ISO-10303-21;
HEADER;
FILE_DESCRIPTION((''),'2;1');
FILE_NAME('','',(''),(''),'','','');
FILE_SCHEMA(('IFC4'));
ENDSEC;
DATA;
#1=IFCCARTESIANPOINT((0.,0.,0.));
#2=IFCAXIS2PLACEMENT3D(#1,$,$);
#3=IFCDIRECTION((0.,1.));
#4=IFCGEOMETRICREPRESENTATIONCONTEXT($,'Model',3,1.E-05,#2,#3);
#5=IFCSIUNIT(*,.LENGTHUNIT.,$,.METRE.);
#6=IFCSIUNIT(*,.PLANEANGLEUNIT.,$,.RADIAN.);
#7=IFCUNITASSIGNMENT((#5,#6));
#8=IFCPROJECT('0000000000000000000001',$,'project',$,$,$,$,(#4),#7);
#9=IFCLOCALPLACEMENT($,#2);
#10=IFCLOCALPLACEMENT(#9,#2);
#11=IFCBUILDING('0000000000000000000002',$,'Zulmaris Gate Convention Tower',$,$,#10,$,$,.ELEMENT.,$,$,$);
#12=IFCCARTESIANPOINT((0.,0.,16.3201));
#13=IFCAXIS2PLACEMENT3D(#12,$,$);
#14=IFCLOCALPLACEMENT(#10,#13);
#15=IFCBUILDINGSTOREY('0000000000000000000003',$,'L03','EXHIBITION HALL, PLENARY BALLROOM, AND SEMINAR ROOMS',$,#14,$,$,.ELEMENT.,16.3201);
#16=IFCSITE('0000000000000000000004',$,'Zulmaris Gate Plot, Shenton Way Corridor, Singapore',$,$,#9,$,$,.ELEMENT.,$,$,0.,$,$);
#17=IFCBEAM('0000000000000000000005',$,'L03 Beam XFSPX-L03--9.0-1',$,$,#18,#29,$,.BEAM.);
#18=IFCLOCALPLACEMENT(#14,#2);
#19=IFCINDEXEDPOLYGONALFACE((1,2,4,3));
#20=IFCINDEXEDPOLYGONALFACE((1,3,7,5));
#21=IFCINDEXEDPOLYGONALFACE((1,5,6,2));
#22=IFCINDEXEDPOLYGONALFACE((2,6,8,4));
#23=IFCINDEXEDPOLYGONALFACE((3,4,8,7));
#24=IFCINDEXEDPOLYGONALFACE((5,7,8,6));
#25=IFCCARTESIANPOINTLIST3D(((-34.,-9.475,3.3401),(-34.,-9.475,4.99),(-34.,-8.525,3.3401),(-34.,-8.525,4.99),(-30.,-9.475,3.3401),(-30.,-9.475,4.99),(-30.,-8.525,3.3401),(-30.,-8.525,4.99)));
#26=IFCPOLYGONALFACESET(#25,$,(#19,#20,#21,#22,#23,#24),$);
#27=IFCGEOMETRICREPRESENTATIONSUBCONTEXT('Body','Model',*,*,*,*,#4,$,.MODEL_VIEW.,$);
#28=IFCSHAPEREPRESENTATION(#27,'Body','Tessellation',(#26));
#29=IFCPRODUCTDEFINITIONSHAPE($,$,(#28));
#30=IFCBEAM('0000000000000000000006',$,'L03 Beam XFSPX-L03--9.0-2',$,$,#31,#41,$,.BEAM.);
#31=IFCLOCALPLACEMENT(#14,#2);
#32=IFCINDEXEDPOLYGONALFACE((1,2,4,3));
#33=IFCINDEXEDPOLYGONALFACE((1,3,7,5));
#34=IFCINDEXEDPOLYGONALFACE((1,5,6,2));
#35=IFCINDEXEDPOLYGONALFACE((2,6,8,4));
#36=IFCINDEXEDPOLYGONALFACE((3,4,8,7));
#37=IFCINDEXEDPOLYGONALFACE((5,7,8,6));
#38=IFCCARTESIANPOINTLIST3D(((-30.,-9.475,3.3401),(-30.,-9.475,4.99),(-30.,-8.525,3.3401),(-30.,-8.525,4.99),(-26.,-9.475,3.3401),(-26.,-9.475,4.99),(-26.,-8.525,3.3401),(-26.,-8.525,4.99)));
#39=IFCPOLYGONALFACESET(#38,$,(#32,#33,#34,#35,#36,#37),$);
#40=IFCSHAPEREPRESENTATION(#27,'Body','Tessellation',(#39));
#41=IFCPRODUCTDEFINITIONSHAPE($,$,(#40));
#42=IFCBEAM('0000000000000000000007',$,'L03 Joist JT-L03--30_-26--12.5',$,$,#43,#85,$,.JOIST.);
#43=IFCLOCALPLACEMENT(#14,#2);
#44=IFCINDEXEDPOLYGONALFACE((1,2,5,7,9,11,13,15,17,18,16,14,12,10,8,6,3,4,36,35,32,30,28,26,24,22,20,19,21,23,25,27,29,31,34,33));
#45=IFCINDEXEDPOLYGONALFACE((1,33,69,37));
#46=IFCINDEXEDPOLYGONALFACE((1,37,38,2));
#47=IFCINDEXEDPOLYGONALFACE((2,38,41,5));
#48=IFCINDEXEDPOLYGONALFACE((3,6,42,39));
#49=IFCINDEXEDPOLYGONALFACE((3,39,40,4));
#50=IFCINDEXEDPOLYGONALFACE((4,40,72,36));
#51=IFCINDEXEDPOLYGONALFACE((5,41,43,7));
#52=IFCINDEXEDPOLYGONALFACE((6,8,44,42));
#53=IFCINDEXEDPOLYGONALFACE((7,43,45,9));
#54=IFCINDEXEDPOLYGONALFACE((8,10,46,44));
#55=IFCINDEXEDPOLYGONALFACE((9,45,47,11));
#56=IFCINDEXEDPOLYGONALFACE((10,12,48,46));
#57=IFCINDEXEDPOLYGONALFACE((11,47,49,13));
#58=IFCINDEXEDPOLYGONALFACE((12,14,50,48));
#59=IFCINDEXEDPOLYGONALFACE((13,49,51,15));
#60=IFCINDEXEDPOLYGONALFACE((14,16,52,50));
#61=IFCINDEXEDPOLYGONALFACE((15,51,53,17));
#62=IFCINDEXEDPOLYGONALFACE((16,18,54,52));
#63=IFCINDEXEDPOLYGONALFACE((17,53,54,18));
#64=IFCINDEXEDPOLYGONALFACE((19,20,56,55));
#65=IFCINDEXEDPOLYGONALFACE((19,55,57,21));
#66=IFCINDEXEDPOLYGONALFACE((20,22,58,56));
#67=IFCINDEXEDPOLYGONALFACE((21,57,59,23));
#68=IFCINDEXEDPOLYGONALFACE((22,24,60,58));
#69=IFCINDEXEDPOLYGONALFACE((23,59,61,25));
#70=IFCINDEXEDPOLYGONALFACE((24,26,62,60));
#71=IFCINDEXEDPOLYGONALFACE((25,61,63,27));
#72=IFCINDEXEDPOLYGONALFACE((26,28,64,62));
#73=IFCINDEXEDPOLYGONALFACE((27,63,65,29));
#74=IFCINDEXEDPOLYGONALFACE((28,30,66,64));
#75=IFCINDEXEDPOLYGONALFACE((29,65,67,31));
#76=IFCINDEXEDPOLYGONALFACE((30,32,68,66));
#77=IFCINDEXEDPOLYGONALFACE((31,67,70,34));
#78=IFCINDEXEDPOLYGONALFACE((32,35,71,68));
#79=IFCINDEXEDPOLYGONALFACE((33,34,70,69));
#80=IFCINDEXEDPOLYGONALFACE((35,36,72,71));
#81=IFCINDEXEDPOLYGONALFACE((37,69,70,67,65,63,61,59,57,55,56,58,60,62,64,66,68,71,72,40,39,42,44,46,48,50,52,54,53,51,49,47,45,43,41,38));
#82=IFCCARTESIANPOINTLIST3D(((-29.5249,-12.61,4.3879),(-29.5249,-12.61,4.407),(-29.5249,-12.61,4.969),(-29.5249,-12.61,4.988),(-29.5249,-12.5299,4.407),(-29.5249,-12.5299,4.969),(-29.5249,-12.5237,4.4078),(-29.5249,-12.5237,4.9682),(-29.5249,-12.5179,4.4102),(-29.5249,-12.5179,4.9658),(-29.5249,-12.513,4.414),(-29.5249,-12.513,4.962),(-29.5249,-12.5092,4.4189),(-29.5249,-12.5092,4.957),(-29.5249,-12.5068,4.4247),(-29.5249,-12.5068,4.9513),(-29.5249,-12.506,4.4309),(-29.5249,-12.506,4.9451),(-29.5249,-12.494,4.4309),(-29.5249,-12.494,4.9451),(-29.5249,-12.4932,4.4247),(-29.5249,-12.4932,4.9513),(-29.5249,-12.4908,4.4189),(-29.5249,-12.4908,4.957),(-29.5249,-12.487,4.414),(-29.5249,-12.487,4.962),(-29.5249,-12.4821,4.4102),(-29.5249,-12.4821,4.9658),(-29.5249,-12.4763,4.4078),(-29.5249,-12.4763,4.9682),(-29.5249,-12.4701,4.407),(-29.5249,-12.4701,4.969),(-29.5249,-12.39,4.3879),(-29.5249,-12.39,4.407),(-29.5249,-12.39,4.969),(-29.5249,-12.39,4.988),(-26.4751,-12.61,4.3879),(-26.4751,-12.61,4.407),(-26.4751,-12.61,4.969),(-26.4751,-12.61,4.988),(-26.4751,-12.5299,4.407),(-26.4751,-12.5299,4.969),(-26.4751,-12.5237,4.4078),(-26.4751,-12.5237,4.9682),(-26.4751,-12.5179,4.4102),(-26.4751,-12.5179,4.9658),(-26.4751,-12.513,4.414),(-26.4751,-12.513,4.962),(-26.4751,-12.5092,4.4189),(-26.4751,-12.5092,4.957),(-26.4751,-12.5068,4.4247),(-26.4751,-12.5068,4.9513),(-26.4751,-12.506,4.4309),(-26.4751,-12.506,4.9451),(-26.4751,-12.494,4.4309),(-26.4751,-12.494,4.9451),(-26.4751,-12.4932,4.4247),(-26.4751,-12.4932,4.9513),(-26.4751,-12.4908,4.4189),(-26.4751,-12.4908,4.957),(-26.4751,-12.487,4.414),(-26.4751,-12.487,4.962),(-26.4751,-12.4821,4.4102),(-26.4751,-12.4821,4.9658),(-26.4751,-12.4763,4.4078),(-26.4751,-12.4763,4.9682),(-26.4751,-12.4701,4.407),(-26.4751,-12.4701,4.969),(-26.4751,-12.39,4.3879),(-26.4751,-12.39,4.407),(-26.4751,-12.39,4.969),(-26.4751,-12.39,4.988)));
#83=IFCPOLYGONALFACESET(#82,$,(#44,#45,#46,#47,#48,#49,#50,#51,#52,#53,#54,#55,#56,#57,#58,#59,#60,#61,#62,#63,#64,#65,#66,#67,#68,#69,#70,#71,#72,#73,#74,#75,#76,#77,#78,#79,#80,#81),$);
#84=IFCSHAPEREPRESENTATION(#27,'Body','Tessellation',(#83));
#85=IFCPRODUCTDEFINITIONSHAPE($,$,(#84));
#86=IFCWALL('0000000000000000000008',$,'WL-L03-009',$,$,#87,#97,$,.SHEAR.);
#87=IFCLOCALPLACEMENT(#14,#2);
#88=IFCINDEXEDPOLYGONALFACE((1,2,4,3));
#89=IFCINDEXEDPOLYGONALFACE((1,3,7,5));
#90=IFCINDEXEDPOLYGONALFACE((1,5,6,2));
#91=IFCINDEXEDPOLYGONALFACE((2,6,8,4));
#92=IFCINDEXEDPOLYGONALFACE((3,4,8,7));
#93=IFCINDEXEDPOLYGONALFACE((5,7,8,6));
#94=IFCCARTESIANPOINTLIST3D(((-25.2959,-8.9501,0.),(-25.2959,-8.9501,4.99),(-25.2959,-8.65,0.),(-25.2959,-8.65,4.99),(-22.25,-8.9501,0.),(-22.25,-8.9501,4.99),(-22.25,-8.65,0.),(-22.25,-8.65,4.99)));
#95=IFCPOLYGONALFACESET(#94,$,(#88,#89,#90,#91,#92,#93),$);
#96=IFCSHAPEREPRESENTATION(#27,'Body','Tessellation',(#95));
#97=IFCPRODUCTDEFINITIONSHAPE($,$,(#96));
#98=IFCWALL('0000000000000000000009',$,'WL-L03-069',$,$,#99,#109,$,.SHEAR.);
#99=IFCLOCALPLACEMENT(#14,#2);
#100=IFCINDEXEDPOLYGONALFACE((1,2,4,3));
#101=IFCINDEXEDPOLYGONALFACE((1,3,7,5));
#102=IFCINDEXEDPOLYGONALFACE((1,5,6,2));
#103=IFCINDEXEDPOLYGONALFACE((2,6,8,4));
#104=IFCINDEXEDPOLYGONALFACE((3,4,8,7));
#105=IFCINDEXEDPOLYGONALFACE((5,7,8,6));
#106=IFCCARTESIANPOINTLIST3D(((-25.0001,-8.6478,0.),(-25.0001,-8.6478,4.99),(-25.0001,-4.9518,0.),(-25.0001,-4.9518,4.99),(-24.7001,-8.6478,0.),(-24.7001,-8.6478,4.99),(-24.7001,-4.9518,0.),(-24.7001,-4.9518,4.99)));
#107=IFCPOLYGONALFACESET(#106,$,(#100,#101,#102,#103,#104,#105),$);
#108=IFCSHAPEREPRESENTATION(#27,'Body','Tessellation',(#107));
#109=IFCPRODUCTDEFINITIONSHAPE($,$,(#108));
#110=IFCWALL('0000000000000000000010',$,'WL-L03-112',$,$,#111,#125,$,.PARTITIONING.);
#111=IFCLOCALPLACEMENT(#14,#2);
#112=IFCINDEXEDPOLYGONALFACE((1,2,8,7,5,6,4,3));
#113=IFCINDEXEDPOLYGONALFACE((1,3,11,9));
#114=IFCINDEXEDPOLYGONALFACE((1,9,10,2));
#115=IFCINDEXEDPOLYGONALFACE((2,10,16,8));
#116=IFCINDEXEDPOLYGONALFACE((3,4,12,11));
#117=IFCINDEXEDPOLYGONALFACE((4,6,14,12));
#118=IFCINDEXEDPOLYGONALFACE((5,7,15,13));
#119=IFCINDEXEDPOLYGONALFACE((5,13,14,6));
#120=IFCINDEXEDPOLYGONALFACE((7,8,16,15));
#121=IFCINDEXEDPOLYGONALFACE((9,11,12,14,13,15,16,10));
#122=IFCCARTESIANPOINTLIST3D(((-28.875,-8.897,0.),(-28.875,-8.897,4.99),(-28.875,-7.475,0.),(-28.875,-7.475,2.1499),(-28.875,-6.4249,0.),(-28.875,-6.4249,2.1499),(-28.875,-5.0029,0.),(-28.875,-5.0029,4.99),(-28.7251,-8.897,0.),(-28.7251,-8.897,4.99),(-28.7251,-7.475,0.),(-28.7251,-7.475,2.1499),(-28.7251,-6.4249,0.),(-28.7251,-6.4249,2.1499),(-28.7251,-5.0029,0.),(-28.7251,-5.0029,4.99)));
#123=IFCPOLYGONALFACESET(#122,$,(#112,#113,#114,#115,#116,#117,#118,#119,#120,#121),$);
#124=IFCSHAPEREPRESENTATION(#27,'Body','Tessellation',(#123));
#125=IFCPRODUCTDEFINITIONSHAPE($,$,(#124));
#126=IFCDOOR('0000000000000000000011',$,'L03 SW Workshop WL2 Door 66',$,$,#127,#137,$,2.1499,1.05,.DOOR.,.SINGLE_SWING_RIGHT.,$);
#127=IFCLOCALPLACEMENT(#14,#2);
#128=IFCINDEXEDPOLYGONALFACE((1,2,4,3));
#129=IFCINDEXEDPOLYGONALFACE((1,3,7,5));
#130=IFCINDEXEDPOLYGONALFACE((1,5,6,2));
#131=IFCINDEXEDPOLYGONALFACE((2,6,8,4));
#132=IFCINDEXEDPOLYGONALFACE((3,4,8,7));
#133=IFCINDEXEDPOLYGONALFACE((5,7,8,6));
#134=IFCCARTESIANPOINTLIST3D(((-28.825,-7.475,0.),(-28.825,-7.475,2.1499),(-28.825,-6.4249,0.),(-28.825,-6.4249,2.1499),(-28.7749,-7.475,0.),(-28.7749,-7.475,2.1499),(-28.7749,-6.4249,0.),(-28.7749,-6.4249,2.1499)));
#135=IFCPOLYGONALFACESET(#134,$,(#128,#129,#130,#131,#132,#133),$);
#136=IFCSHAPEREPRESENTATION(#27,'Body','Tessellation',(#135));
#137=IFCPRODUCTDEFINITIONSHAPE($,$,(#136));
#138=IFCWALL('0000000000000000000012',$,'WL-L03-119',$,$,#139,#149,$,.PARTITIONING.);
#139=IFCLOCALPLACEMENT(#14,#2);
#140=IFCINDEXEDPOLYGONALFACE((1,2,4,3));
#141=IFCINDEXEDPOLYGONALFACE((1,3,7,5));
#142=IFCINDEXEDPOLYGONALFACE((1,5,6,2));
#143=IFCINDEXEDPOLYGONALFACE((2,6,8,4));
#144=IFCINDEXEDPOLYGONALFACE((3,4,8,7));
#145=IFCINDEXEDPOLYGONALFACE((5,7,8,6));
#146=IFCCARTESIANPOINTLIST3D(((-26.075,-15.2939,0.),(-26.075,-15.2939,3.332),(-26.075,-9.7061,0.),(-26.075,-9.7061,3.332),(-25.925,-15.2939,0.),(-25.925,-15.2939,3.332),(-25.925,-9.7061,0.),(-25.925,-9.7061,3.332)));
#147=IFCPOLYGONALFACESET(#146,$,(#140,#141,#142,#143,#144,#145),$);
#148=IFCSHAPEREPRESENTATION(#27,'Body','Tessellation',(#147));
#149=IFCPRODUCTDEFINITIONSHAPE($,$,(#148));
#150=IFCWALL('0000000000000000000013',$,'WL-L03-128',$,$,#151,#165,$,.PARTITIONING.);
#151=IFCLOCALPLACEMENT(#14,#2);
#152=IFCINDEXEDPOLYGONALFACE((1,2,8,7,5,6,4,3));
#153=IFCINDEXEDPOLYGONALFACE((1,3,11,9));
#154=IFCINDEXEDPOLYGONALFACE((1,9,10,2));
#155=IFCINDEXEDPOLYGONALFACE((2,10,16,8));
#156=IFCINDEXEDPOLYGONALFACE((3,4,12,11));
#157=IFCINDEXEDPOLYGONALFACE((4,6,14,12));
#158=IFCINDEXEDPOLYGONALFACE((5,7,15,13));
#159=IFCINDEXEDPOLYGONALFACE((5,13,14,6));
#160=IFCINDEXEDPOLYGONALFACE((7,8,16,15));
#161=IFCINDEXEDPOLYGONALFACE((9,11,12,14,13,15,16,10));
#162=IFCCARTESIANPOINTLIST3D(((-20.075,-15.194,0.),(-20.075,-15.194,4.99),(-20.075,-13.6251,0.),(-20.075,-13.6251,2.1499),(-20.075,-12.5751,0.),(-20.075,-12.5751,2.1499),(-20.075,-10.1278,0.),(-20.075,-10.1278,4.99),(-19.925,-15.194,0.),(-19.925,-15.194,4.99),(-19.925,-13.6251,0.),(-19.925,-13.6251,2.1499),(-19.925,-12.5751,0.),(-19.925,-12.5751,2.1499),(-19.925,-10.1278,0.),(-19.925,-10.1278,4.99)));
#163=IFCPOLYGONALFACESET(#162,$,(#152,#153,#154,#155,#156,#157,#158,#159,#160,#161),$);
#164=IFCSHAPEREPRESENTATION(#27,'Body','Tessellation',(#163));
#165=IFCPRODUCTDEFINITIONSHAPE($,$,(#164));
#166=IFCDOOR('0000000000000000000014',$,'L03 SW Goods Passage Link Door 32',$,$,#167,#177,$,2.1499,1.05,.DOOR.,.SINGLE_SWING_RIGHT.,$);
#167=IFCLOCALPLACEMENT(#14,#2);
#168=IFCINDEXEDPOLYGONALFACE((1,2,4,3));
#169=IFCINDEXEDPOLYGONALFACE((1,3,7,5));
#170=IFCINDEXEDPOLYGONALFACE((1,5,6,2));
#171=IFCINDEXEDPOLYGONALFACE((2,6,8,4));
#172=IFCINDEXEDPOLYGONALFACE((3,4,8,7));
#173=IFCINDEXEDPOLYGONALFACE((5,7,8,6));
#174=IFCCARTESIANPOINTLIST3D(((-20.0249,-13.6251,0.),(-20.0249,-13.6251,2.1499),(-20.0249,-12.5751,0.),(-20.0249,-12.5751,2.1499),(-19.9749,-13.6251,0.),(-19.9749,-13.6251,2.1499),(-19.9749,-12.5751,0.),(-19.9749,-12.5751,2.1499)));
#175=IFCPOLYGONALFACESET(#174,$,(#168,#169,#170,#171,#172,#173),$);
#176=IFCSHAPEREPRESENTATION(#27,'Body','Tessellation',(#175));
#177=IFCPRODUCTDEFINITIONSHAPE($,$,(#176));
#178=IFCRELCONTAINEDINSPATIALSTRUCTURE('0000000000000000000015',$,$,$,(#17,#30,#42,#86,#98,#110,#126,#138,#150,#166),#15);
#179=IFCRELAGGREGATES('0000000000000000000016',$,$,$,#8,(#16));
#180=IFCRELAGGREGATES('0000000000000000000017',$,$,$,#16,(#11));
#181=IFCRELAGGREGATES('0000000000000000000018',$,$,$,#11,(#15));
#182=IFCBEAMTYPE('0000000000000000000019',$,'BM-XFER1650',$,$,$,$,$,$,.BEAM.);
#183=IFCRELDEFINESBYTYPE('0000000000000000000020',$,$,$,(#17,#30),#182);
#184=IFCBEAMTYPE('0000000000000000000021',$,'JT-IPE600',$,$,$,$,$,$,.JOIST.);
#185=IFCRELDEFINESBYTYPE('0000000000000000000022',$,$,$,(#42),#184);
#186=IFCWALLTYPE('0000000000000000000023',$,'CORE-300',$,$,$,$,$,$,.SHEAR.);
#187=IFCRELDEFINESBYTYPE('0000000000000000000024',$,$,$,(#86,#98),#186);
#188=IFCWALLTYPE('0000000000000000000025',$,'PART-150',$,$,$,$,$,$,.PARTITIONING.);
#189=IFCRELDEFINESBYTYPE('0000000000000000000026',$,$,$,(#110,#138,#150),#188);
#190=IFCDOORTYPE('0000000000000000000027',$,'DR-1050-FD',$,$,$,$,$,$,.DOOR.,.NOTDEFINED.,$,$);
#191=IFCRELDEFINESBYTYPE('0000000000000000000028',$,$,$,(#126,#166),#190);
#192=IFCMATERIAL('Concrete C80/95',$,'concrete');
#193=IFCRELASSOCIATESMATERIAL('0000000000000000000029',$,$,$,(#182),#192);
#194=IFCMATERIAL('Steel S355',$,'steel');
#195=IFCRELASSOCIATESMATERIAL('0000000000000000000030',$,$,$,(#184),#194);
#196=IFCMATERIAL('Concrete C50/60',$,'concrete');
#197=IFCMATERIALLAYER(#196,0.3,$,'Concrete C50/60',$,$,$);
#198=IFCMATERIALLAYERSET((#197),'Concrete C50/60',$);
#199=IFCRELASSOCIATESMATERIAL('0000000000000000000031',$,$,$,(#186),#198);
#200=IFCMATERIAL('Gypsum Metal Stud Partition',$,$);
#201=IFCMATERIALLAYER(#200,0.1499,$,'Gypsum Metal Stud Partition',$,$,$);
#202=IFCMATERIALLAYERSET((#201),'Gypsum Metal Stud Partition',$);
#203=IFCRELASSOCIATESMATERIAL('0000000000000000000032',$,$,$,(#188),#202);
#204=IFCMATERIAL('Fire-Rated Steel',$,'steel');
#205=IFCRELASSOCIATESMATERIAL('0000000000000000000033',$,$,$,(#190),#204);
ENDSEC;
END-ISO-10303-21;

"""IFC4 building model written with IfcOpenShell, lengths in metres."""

from ifc_helpers import new_model, si_unit, direction, frame, frame_2d, origin, origin_2d, place, context, subcontext, project, spatial, rectangle, i_section, extrude, material, layer, layer_set, material_profile, profile_set, type_object, element, fill, save


model = new_model("IFC4")

# Units and contexts
model_context = context("Model", 3, precision=1e-05, world=origin(), true_north=direction((0.0, 1.0)))
body_context = subcontext(model_context, "Body", "Model", "MODEL_VIEW")
ifc_project = project(units=[si_unit("LENGTHUNIT", "METRE"), si_unit("PLANEANGLEUNIT", "RADIAN")], contexts=[model_context])

# Site, building, storey
site_placement = place(None, origin())
site = spatial("IfcSite", under=ifc_project, at=site_placement, Name="Zulmaris Gate Plot, Shenton Way Corridor, Singapore", CompositionType="ELEMENT", RefElevation=0.0)
building_placement = place(site_placement, origin())
building = spatial("IfcBuilding", under=site, at=building_placement, Name="Zulmaris Gate Convention Tower", CompositionType="ELEMENT")
storey_placement = place(building_placement, frame((0.0, 0.0, 16.3201)))
storey = spatial("IfcBuildingStorey", under=building, at=storey_placement, Name="L03", Description="EXHIBITION HALL, PLENARY BALLROOM, AND SEMINAR ROOMS", CompositionType="ELEMENT", Elevation=16.3201)

# Shared definitions
ifc_material_1 = material(Name="Concrete C80/95", Category="concrete")

# Beams
ifc_material_profile_1 = material_profile(ifc_material_1, rectangle(XDim=0.95, YDim=1.6499, at=origin_2d()), Name="RC TRANSFER 950x1650")
ifc_profile_set_1 = profile_set([ifc_material_profile_1], Name="Concrete C80/95")
beam_type_1 = type_object("IfcBeamType", Name="BM-XFER1650", PredefinedType="BEAM", material=ifc_profile_set_1)
for number, where, z_axis, x_axis, name in (
    (1, (-34.0, -9.0, 4.165), (1.0, 0.0, 0.0), (0.0, 1.0, 0.0), "L03 Beam XFSPX-L03--9.0-1"),
    (2, (-30.0, -9.0, 4.165), (1.0, 0.0, 0.0), (0.0, 1.0, 0.0), "L03 Beam XFSPX-L03--9.0-2"),
):
    element("IfcBeam", number, at=place(storey_placement, frame(where, z_axis=z_axis, x_axis=x_axis)), inside=storey, type_object=beam_type_1, Name=name, PredefinedType="BEAM", context=body_context, shape_type="SweptSolid", body=[
        extrude(rectangle(XDim=0.95, YDim=1.6499, at=origin_2d()), origin(), (0.0, 0.0, 1.0), 4.0),
    ])
ifc_material_2 = material(Name="Steel S355", Category="steel")
ifc_material_profile_2 = material_profile(ifc_material_2, i_section(OverallWidth=0.22, OverallDepth=0.6001, WebThickness=0.012, FlangeThickness=0.019, FilletRadius=0.0239, at=origin_2d()), Name="IPE 600")
ifc_profile_set_2 = profile_set([ifc_material_profile_2], Name="Steel S355")
beam_type_2 = type_object("IfcBeamType", Name="JT-IPE600", PredefinedType="JOIST", material=ifc_profile_set_2)
beam_1_placement = place(storey_placement, frame((-29.5249, -12.5, 4.688), z_axis=(1.0, 0.0, 0.0), x_axis=(0.0, 1.0, 0.0)))
element("IfcBeam", 3, at=beam_1_placement, inside=storey, type_object=beam_type_2, Name="L03 Joist JT-L03--30_-26--12.5", PredefinedType="JOIST", context=body_context, shape_type="SweptSolid", body=[
    extrude(i_section(OverallWidth=0.22, OverallDepth=0.6001, WebThickness=0.012, FlangeThickness=0.019, FilletRadius=0.0239, at=origin_2d()), origin(), (0.0, 0.0, 1.0), 3.0498),
])

# Walls
ifc_material_3 = material(Name="Concrete C50/60", Category="concrete")
ifc_layer_1 = layer(ifc_material_3, 0.3, Name="Concrete C50/60")
ifc_layer_set_1 = layer_set([ifc_layer_1], Name="Concrete C50/60")
wall_type_1 = type_object("IfcWallType", Name="CORE-300", PredefinedType="SHEAR", material=ifc_layer_set_1)
wall_1_placement = place(storey_placement, frame((-25.2959, -8.8, 0.0), z_axis=(0.0, 0.0, 1.0), x_axis=(1.0, 0.0, 0.0)))
element("IfcWall", 4, at=wall_1_placement, inside=storey, type_object=wall_type_1, Name="WL-L03-009", PredefinedType="SHEAR", context=body_context, shape_type="SweptSolid", body=[
    extrude(rectangle(XDim=3.0459, YDim=0.3, at=frame_2d((1.5229, 0.0))), origin(), (0.0, 0.0, 1.0), 4.99),
])
wall_2_placement = place(storey_placement, frame((-24.8501, -8.6479, 0.0), z_axis=(0.0, 0.0, 1.0), x_axis=(0.0, 1.0, 0.0)))
element("IfcWall", 5, at=wall_2_placement, inside=storey, type_object=wall_type_1, Name="WL-L03-069", PredefinedType="SHEAR", context=body_context, shape_type="SweptSolid", body=[
    extrude(rectangle(XDim=3.696, YDim=0.3, at=frame_2d((1.8481, 0.0))), origin(), (0.0, 0.0, 1.0), 4.99),
])

# Wall, opening, door
ifc_material_4 = material(Name="Gypsum Metal Stud Partition")
ifc_layer_2 = layer(ifc_material_4, 0.1499, Name="Gypsum Metal Stud Partition")
ifc_layer_set_2 = layer_set([ifc_layer_2], Name="Gypsum Metal Stud Partition")
wall_type_2 = type_object("IfcWallType", Name="PART-150", PredefinedType="PARTITIONING", material=ifc_layer_set_2)
wall_3_placement = place(storey_placement, frame((-28.8, -8.897, 0.0), z_axis=(0.0, 0.0, 1.0), x_axis=(0.0, 1.0, 0.0)))
wall_3 = element("IfcWall", 6, at=wall_3_placement, inside=storey, type_object=wall_type_2, Name="WL-L03-112", PredefinedType="PARTITIONING", context=body_context, shape_type="SweptSolid", body=[
    extrude(rectangle(XDim=3.894, YDim=0.1499, at=frame_2d((1.947, 0.0))), origin(), (0.0, 0.0, 1.0), 4.99),
])
opening_1_placement = place(wall_3_placement, frame((1.4221, 0.0, 0.0)))
opening_1 = element("IfcOpeningElement", 7, at=opening_1_placement, cuts=wall_3, PredefinedType="OPENING", context=body_context, shape_type="SweptSolid", body=[
    extrude(rectangle(XDim=1.05, YDim=2.1499, at=frame_2d((0.5249, 1.075))), frame((0.0, 0.085, 0.0), z_axis=(0.0, -1.0, 0.0), x_axis=(1.0, 0.0, 0.0)), (0.0, 0.0, 1.0), 0.1699),
])
ifc_material_5 = material(Name="Fire-Rated Steel", Category="steel")
door_type_1 = type_object("IfcDoorType", Name="DR-1050-FD", OperationType="NOTDEFINED", PredefinedType="DOOR", material=ifc_material_5)
door_1_placement = place(opening_1_placement, origin())
door_1 = element("IfcDoor", 8, at=door_1_placement, inside=storey, type_object=door_type_1, Name="L03 SW Workshop WL2 Door 66", OperationType="SINGLE_SWING_RIGHT", OverallHeight=2.1499, OverallWidth=1.05, PredefinedType="DOOR", context=body_context, shape_type="SweptSolid", body=[
    extrude(rectangle(XDim=1.05, YDim=2.1499, at=frame_2d((0.5249, 1.075))), frame((0.0, 0.0249, 0.0), z_axis=(0.0, -1.0, 0.0), x_axis=(1.0, 0.0, 0.0)), (0.0, 0.0, 1.0), 0.05),
])
fill(opening_1, door_1)

# Wall
wall_4_placement = place(storey_placement, frame((-26.0, -15.2939, 0.0), z_axis=(0.0, 0.0, 1.0), x_axis=(0.0, 1.0, 0.0)))
element("IfcWall", 9, at=wall_4_placement, inside=storey, type_object=wall_type_2, Name="WL-L03-119", PredefinedType="PARTITIONING", context=body_context, shape_type="SweptSolid", body=[
    extrude(rectangle(XDim=5.5879, YDim=0.1499, at=frame_2d((2.7939, 0.0))), origin(), (0.0, 0.0, 1.0), 3.332),
])

# Wall, opening, door
wall_5_placement = place(storey_placement, frame((-20.0, -15.1941, 0.0), z_axis=(0.0, 0.0, 1.0), x_axis=(0.0, 1.0, 0.0)))
wall_5 = element("IfcWall", 10, at=wall_5_placement, inside=storey, type_object=wall_type_2, Name="WL-L03-128", PredefinedType="PARTITIONING", context=body_context, shape_type="SweptSolid", body=[
    extrude(rectangle(XDim=5.0662, YDim=0.1499, at=frame_2d((2.5332, 0.0))), origin(), (0.0, 0.0, 1.0), 4.99),
])
opening_2_placement = place(wall_5_placement, frame((1.5691, 0.0, 0.0)))
opening_2 = element("IfcOpeningElement", 11, at=opening_2_placement, cuts=wall_5, PredefinedType="OPENING", context=body_context, shape_type="SweptSolid", body=[
    extrude(rectangle(XDim=1.05, YDim=2.1499, at=frame_2d((0.5249, 1.075))), frame((0.0, 0.085, 0.0), z_axis=(0.0, -1.0, 0.0), x_axis=(1.0, 0.0, 0.0)), (0.0, 0.0, 1.0), 0.1699),
])
door_2_placement = place(opening_2_placement, origin())
door_2 = element("IfcDoor", 12, at=door_2_placement, inside=storey, type_object=door_type_1, Name="L03 SW Goods Passage Link Door 32", OperationType="SINGLE_SWING_RIGHT", OverallHeight=2.1499, OverallWidth=1.05, PredefinedType="DOOR", context=body_context, shape_type="SweptSolid", body=[
    extrude(rectangle(XDim=1.05, YDim=2.1499, at=frame_2d((0.5249, 1.075))), frame((0.0, 0.0249, 0.0), z_axis=(0.0, -1.0, 0.0), x_axis=(1.0, 0.0, 0.0)), (0.0, 0.0, 1.0), 0.05),
])
fill(opening_2, door_2)

save(model, "model.ifc")
